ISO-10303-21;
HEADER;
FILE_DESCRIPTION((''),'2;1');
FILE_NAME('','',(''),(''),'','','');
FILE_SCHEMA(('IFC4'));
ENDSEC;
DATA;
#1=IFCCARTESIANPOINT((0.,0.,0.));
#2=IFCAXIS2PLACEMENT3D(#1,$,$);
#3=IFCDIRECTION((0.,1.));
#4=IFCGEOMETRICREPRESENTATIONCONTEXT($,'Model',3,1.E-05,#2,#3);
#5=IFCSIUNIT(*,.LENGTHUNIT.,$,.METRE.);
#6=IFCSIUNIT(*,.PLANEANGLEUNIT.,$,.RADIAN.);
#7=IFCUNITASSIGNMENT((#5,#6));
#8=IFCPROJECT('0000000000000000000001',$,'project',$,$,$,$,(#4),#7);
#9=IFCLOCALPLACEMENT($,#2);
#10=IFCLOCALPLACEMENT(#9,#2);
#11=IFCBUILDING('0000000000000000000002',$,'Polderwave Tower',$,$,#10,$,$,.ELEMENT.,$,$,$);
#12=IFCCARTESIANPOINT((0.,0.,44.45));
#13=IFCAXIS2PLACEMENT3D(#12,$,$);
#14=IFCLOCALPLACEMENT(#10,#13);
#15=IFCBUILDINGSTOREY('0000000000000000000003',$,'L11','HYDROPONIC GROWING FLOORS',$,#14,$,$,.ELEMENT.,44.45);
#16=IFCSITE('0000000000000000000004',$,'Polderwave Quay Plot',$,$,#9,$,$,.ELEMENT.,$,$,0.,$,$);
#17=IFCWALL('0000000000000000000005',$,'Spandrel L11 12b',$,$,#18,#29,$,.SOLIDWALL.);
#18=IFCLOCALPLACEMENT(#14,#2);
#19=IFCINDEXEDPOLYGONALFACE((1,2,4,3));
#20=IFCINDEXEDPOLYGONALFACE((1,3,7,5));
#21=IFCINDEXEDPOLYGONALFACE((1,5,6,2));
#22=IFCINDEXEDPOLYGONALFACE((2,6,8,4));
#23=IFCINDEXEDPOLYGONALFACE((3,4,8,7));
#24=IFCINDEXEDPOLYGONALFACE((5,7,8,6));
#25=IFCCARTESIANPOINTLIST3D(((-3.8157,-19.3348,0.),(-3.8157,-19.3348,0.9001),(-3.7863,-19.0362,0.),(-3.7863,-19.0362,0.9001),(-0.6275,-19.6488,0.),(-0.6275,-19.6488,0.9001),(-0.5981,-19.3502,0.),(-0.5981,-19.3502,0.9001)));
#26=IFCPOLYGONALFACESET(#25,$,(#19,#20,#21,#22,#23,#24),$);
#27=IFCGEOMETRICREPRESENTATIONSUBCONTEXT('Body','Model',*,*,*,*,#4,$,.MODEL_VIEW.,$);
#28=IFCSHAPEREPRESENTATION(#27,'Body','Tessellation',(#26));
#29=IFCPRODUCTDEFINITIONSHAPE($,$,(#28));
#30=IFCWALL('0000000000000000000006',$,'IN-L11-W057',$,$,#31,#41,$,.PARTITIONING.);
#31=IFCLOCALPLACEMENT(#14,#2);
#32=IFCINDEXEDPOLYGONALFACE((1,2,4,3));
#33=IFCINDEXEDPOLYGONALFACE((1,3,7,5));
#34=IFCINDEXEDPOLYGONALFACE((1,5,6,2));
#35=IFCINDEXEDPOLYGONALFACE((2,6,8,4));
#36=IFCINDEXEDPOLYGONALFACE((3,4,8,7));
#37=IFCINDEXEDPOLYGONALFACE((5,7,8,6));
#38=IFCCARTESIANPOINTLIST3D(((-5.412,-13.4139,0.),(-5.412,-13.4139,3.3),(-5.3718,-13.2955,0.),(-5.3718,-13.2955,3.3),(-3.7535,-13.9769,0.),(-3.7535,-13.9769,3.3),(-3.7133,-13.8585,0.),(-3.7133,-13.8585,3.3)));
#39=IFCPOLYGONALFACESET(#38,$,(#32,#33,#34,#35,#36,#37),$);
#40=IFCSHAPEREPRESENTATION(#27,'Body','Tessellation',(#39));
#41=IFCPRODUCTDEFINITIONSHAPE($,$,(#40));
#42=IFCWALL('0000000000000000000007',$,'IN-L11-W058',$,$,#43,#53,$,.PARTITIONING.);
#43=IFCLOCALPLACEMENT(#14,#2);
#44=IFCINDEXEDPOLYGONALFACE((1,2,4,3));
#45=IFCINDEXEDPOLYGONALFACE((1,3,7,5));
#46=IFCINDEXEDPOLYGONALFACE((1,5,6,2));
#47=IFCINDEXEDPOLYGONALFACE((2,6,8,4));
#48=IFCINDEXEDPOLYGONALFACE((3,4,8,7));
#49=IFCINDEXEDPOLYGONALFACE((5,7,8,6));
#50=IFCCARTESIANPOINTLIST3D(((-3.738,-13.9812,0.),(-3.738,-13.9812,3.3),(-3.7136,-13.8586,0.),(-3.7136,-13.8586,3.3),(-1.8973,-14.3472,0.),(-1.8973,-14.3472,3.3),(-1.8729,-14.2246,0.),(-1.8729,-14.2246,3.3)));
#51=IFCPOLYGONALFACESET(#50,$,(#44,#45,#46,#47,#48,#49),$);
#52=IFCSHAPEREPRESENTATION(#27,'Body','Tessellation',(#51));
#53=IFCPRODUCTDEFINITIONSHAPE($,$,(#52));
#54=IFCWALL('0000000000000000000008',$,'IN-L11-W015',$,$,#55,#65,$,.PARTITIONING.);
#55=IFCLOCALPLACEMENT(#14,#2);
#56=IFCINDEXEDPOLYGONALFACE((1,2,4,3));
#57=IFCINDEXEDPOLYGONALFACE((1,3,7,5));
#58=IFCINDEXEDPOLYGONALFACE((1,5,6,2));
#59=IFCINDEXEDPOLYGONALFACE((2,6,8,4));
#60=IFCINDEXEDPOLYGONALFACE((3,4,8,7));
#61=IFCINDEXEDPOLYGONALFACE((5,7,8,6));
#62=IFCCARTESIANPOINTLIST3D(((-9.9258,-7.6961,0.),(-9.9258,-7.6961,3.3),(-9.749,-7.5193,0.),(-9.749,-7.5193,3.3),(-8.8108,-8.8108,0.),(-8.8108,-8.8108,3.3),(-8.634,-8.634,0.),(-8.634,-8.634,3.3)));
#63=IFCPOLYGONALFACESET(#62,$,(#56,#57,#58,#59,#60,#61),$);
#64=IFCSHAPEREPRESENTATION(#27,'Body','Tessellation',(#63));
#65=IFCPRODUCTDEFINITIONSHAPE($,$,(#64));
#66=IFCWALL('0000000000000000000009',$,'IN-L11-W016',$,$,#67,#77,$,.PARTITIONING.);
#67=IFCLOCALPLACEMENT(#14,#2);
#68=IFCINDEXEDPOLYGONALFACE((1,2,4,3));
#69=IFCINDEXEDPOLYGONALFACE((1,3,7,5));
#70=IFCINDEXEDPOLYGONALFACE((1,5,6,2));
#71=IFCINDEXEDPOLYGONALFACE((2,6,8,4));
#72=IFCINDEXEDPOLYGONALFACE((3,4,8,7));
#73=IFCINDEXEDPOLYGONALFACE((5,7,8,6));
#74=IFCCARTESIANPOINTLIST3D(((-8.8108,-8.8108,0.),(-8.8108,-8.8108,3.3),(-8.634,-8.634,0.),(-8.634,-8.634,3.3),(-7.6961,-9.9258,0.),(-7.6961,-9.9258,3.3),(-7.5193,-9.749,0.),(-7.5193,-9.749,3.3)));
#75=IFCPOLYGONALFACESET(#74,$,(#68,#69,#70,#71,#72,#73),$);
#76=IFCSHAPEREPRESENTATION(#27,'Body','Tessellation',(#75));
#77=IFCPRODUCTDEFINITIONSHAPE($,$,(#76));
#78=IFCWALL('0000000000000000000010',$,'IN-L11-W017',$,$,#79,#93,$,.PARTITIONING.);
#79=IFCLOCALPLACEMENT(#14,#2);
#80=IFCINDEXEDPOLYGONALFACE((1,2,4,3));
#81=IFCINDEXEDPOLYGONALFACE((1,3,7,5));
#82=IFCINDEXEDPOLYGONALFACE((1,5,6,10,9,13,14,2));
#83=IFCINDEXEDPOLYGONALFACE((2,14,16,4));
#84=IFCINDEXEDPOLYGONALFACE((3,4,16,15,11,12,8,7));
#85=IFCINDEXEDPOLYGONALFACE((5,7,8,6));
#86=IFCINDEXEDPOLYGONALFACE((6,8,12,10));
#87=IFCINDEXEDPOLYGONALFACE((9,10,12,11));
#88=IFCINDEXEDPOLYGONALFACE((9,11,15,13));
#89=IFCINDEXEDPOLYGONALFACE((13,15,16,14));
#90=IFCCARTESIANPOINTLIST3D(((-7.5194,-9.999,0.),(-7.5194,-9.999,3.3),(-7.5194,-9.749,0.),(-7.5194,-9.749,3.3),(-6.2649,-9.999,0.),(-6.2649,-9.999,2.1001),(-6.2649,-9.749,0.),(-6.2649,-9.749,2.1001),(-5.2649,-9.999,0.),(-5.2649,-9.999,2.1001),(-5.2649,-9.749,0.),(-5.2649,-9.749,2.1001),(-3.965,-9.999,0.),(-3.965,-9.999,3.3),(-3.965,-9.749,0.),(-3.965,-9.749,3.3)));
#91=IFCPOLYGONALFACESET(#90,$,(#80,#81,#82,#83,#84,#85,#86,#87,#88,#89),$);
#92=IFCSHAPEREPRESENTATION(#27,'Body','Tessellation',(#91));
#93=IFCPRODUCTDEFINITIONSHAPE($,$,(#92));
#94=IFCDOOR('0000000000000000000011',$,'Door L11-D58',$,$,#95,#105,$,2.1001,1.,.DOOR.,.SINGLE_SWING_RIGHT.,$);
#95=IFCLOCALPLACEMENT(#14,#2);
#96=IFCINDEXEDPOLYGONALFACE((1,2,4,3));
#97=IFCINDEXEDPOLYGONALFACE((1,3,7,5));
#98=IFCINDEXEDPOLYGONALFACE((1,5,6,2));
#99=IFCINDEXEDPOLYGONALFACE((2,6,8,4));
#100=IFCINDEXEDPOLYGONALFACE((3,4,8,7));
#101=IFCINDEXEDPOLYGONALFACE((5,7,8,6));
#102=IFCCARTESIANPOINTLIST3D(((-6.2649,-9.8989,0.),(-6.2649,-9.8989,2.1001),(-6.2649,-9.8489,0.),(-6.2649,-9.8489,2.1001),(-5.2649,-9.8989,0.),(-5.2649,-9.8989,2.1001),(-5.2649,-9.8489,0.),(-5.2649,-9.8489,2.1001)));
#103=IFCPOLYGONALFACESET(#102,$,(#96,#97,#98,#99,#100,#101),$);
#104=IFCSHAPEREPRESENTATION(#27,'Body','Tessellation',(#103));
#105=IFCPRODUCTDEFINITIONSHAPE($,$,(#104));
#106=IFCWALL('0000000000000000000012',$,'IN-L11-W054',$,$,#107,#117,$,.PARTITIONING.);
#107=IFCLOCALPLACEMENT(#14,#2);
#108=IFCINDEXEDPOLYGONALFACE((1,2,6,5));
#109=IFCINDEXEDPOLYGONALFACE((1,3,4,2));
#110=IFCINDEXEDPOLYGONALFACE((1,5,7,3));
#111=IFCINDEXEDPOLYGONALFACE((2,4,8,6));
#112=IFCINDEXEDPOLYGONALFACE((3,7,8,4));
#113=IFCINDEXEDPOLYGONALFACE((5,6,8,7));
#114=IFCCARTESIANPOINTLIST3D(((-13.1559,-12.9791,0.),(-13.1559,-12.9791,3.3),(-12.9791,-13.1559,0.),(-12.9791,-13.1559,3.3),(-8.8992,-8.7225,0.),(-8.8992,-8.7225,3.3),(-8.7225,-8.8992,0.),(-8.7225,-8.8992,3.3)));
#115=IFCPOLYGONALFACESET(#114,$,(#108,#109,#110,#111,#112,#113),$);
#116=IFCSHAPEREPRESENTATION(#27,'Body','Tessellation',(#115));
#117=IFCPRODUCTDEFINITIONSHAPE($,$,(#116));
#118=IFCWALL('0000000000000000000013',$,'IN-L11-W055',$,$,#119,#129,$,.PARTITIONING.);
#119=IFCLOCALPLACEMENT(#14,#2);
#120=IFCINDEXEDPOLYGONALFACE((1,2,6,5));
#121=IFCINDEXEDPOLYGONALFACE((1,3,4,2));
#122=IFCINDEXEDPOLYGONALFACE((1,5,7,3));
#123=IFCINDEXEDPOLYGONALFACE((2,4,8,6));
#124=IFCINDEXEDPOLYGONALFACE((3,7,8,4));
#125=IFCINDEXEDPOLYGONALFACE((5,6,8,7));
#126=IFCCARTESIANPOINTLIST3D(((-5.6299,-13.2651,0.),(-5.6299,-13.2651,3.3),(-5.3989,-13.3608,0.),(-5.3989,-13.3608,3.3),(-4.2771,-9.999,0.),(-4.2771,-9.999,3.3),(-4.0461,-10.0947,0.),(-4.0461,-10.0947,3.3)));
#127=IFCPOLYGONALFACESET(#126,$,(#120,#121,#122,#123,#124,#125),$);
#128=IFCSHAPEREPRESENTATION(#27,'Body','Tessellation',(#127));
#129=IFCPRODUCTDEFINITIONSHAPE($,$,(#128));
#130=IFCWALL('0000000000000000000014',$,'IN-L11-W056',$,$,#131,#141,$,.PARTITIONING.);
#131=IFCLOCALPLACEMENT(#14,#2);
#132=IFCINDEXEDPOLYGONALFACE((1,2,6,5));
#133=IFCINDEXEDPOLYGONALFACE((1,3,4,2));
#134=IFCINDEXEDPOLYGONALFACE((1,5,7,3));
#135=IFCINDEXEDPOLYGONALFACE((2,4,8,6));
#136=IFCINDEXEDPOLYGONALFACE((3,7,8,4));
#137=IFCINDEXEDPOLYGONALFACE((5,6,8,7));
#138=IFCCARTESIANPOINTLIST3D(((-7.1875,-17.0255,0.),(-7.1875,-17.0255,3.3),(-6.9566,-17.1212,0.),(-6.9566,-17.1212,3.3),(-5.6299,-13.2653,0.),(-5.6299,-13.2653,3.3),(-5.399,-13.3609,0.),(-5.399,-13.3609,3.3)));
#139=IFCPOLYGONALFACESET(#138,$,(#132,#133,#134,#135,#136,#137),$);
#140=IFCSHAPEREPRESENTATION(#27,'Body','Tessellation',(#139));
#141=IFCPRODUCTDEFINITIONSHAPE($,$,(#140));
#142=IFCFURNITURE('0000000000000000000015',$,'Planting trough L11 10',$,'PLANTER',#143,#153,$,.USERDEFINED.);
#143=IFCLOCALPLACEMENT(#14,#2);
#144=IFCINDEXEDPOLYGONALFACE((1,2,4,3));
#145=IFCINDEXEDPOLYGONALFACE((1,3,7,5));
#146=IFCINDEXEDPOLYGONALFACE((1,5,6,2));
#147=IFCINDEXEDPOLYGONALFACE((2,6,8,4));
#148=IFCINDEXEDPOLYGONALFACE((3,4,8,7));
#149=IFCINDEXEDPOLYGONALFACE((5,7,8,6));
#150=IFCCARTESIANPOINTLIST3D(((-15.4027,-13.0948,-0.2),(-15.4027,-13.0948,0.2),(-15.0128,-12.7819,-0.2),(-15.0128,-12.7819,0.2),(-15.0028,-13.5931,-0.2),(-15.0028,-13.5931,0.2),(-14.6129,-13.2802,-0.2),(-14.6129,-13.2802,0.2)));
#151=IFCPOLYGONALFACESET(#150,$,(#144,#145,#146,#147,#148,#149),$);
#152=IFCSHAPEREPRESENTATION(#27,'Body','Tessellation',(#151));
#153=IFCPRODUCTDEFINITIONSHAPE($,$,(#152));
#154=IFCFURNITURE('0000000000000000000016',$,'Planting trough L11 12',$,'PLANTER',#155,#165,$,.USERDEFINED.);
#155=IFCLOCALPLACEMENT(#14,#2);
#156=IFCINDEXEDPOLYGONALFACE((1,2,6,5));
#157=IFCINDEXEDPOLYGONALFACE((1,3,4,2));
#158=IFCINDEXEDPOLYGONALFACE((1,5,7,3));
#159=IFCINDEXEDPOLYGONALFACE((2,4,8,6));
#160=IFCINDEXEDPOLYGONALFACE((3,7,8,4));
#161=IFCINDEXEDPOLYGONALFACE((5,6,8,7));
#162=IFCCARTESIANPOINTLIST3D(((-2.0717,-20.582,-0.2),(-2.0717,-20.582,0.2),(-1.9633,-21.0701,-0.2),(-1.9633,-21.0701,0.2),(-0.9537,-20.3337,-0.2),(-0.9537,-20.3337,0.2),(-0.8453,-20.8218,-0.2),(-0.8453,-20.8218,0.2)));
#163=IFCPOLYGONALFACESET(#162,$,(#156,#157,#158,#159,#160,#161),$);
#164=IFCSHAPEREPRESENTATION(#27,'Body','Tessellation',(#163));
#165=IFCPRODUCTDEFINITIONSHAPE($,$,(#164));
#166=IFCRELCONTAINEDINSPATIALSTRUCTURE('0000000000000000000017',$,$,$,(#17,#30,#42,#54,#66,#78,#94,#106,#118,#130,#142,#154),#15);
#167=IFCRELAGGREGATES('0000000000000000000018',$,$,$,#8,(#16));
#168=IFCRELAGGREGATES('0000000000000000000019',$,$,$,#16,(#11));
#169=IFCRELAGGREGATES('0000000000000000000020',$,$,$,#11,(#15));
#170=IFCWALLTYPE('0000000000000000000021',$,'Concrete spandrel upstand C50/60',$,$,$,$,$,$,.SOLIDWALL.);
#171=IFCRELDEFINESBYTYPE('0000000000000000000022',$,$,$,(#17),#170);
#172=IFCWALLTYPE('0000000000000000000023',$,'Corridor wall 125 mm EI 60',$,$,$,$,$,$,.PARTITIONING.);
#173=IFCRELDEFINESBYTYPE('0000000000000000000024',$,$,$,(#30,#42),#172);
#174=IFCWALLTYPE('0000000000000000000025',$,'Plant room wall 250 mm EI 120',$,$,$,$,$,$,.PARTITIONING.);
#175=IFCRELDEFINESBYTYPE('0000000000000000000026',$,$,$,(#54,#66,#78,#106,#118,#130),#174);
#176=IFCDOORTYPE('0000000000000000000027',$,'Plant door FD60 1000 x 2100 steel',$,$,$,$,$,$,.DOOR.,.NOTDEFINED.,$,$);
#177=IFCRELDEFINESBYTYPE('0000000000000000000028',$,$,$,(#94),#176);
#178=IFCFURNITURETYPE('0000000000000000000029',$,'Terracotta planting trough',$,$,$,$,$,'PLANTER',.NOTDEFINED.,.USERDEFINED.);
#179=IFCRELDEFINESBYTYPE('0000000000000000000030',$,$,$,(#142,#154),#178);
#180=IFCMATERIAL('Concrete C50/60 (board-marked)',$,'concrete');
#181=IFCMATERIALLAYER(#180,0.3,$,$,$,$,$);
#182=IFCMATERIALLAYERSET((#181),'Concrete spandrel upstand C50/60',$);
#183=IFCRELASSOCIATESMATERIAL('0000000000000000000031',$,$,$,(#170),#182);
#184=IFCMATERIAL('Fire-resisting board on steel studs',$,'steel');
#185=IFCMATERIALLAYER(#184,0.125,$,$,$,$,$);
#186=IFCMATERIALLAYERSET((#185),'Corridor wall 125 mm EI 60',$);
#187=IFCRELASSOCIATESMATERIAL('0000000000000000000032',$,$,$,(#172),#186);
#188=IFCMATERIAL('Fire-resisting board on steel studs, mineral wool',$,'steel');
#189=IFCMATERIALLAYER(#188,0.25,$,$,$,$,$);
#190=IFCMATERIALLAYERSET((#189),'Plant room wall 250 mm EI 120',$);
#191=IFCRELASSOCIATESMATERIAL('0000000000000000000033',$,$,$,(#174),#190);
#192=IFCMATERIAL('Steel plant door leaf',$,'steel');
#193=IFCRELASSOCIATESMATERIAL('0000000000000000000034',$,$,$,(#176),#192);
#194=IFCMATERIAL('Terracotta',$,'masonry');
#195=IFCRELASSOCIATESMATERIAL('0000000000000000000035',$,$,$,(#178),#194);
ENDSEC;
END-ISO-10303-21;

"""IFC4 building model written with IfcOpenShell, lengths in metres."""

from ifc_helpers import new_model, si_unit, direction, frame, frame_2d, origin, origin_2d, place, context, subcontext, project, spatial, rectangle, extrude, material, layer, layer_set, type_object, element, fill, save


model = new_model("IFC4")

# Units and contexts
model_context = context("Model", 3, precision=1e-05, world=origin(), true_north=direction((0.0, 1.0)))
body_context = subcontext(model_context, "Body", "Model", "MODEL_VIEW")
ifc_project = project(units=[si_unit("LENGTHUNIT", "METRE"), si_unit("PLANEANGLEUNIT", "RADIAN")], contexts=[model_context])

# Site, building, storey
site_placement = place(None, origin())
site = spatial("IfcSite", under=ifc_project, at=site_placement, Name="Polderwave Quay Plot", CompositionType="ELEMENT", RefElevation=0.0)
building_placement = place(site_placement, origin())
building = spatial("IfcBuilding", under=site, at=building_placement, Name="Polderwave Tower", CompositionType="ELEMENT")
storey_placement = place(building_placement, frame((0.0, 0.0, 44.45)))
storey = spatial("IfcBuildingStorey", under=building, at=storey_placement, Name="L11", Description="HYDROPONIC GROWING FLOORS", CompositionType="ELEMENT", Elevation=44.45)

# Walls
ifc_material_1 = material(Name="Concrete C50/60 (board-marked)", Category="concrete")
ifc_layer_1 = layer(ifc_material_1, 0.3)
ifc_layer_set_1 = layer_set([ifc_layer_1], Name="Concrete spandrel upstand C50/60")
wall_type_1 = type_object("IfcWallType", Name="Concrete spandrel upstand C50/60", PredefinedType="SOLIDWALL", material=ifc_layer_set_1)
wall_1_placement = place(storey_placement, frame((-3.801, -19.1855, 0.0), z_axis=(0.0, 0.0, 1.0), x_axis=(0.995186, -0.098002, 0.0)))
element("IfcWall", 1, at=wall_1_placement, inside=storey, type_object=wall_type_1, Name="Spandrel L11 12b", PredefinedType="SOLIDWALL", context=body_context, shape_type="SweptSolid", body=[
    extrude(rectangle(XDim=3.2036, YDim=0.3, at=frame_2d((1.6018, 0.0))), origin(), (0.0, 0.0, 1.0), 0.9001),
])
ifc_material_2 = material(Name="Fire-resisting board on steel studs", Category="steel")
ifc_layer_2 = layer(ifc_material_2, 0.125)
ifc_layer_set_2 = layer_set([ifc_layer_2], Name="Corridor wall 125 mm EI 60")
wall_type_2 = type_object("IfcWallType", Name="Corridor wall 125 mm EI 60", PredefinedType="PARTITIONING", material=ifc_layer_set_2)
wall_2_placement = place(storey_placement, frame((-3.7334, -13.9177, 0.0), z_axis=(0.0, 0.0, 1.0), x_axis=(-0.946926, 0.32145, 0.0)))
element("IfcWall", 2, at=wall_2_placement, inside=storey, type_object=wall_type_2, Name="IN-L11-W057", PredefinedType="PARTITIONING", context=body_context, shape_type="SweptSolid", body=[
    extrude(rectangle(XDim=1.7515, YDim=0.125, at=frame_2d((0.8757, 0.0))), origin(), (0.0, 0.0, 1.0), 3.3),
])
wall_3_placement = place(storey_placement, frame((-1.885, -14.2859, 0.0), z_axis=(0.0, 0.0, 1.0), x_axis=(-0.9808, 0.195015, 0.0)))
element("IfcWall", 3, at=wall_3_placement, inside=storey, type_object=wall_type_2, Name="IN-L11-W058", PredefinedType="PARTITIONING", context=body_context, shape_type="SweptSolid", body=[
    extrude(rectangle(XDim=1.8767, YDim=0.125, at=frame_2d((0.9385, 0.0))), origin(), (0.0, 0.0, 1.0), 3.3),
])
ifc_material_3 = material(Name="Fire-resisting board on steel studs, mineral wool", Category="steel")
ifc_layer_3 = layer(ifc_material_3, 0.25)
ifc_layer_set_3 = layer_set([ifc_layer_3], Name="Plant room wall 250 mm EI 120")
wall_type_3 = type_object("IfcWallType", Name="Plant room wall 250 mm EI 120", PredefinedType="PARTITIONING", material=ifc_layer_set_3)
for number, where, z_axis, x_axis, name in (
    (4, (-8.7224, -8.7224, 0.0), (0.0, 0.0, 1.0), (-0.707184, 0.707029, 0.0), "IN-L11-W015"),
    (5, (-7.6077, -9.8374, 0.0), (0.0, 0.0, 1.0), (-0.707029, 0.707184, 0.0), "IN-L11-W016"),
):
    element("IfcWall", number, at=place(storey_placement, frame(where, z_axis=z_axis, x_axis=x_axis)), inside=storey, type_object=wall_type_3, Name=name, PredefinedType="PARTITIONING", context=body_context, shape_type="SweptSolid", body=[
        extrude(rectangle(XDim=1.5767, YDim=0.25, at=frame_2d((0.7883, 0.0))), origin(), (0.0, 0.0, 1.0), 3.3),
    ])

# Wall, opening, door
wall_4_placement = place(storey_placement, frame((-3.9648, -9.874, 0.0), z_axis=(0.0, 0.0, 1.0), x_axis=(-1.0, 0.0, 0.0)))
wall_4 = element("IfcWall", 6, at=wall_4_placement, inside=storey, type_object=wall_type_3, Name="IN-L11-W017", PredefinedType="PARTITIONING", context=body_context, shape_type="SweptSolid", body=[
    extrude(rectangle(XDim=3.5544, YDim=0.25, at=frame_2d((1.7773, 0.0))), origin(), (0.0, 0.0, 1.0), 3.3),
])
opening_placement = place(wall_4_placement, frame((1.3, 0.0, 0.0)))
opening = element("IfcOpeningElement", 7, at=opening_placement, cuts=wall_4, PredefinedType="OPENING", context=body_context, shape_type="SweptSolid", body=[
    extrude(rectangle(XDim=1.0, YDim=2.1001, at=frame_2d((0.5, 1.05))), frame((0.0, 0.135, 0.0), z_axis=(0.0, -1.0, 0.0), x_axis=(1.0, 0.0, 0.0)), (0.0, 0.0, 1.0), 0.27),
])
ifc_material_4 = material(Name="Steel plant door leaf", Category="steel")
door_type = type_object("IfcDoorType", Name="Plant door FD60 1000 x 2100 steel", OperationType="NOTDEFINED", PredefinedType="DOOR", material=ifc_material_4)
door_placement = place(opening_placement, origin())
door = element("IfcDoor", 8, at=door_placement, inside=storey, type_object=door_type, Name="Door L11-D58", OperationType="SINGLE_SWING_RIGHT", OverallHeight=2.1001, OverallWidth=1.0, PredefinedType="DOOR", context=body_context, shape_type="SweptSolid", body=[
    extrude(rectangle(XDim=1.0, YDim=2.1001, at=frame_2d((0.5, 1.05))), frame((0.0, 0.0249, 0.0), z_axis=(0.0, -1.0, 0.0), x_axis=(1.0, 0.0, 0.0)), (0.0, 0.0, 1.0), 0.05),
])
fill(opening, door)

# Walls
wall_5_placement = place(storey_placement, frame((-13.0674, -13.0674, 0.0), z_axis=(0.0, 0.0, 1.0), x_axis=(0.707107, 0.707107, 0.0)))
element("IfcWall", 9, at=wall_5_placement, inside=storey, type_object=wall_type_3, Name="IN-L11-W054", PredefinedType="PARTITIONING", context=body_context, shape_type="SweptSolid", body=[
    extrude(rectangle(XDim=6.0198, YDim=0.25, at=frame_2d((3.0098, 0.0))), origin(), (0.0, 0.0, 1.0), 3.3),
])
wall_6_placement = place(storey_placement, frame((-4.1616, -10.0469, 0.0), z_axis=(0.0, 0.0, 1.0), x_axis=(-0.382663, -0.923888, 0.0)))
element("IfcWall", 10, at=wall_6_placement, inside=storey, type_object=wall_type_3, Name="IN-L11-W055", PredefinedType="PARTITIONING", context=body_context, shape_type="SweptSolid", body=[
    extrude(rectangle(XDim=3.5352, YDim=0.25, at=frame_2d((1.7676, 0.0))), origin(), (0.0, 0.0, 1.0), 3.3),
])
wall_7_placement = place(storey_placement, frame((-5.5144, -13.313, 0.0), z_axis=(0.0, 0.0, 1.0), x_axis=(-0.382698, -0.923874, 0.0)))
element("IfcWall", 11, at=wall_7_placement, inside=storey, type_object=wall_type_3, Name="IN-L11-W056", PredefinedType="PARTITIONING", context=body_context, shape_type="SweptSolid", body=[
    extrude(rectangle(XDim=4.0701, YDim=0.25, at=frame_2d((2.0352, 0.0))), origin(), (0.0, 0.0, 1.0), 3.3),
])

# Furniture
ifc_material_5 = material(Name="Terracotta", Category="masonry")
furniture_type = type_object("IfcFurnitureType", Name="Terracotta planting trough", ElementType="PLANTER", AssemblyPlace="NOTDEFINED", PredefinedType="USERDEFINED", material=ifc_material_5)
furniture_1_placement = place(storey_placement, frame((-15.0078, -13.1875, -0.2), z_axis=(0.0, 0.0, 1.0), x_axis=(0.625908, -0.779896, 0.0)))
element("IfcFurniture", 12, at=furniture_1_placement, inside=storey, type_object=furniture_type, Name="Planting trough L11 10", ObjectType="PLANTER", PredefinedType="USERDEFINED", context=body_context, shape_type="SweptSolid", body=[
    extrude(rectangle(XDim=0.6389, YDim=0.5, at=origin_2d()), origin(), (0.0, 0.0, 1.0), 0.3999),
])
furniture_2_placement = place(storey_placement, frame((-1.4585, -20.7019, -0.2), z_axis=(0.0, 0.0, 1.0), x_axis=(0.976226, 0.216755, 0.0)))
element("IfcFurniture", 13, at=furniture_2_placement, inside=storey, type_object=furniture_type, Name="Planting trough L11 12", ObjectType="PLANTER", PredefinedType="USERDEFINED", context=body_context, shape_type="SweptSolid", body=[
    extrude(rectangle(XDim=1.1453, YDim=0.5, at=origin_2d()), origin(), (0.0, 0.0, 1.0), 0.3999),
])

save(model, "model.ifc")
